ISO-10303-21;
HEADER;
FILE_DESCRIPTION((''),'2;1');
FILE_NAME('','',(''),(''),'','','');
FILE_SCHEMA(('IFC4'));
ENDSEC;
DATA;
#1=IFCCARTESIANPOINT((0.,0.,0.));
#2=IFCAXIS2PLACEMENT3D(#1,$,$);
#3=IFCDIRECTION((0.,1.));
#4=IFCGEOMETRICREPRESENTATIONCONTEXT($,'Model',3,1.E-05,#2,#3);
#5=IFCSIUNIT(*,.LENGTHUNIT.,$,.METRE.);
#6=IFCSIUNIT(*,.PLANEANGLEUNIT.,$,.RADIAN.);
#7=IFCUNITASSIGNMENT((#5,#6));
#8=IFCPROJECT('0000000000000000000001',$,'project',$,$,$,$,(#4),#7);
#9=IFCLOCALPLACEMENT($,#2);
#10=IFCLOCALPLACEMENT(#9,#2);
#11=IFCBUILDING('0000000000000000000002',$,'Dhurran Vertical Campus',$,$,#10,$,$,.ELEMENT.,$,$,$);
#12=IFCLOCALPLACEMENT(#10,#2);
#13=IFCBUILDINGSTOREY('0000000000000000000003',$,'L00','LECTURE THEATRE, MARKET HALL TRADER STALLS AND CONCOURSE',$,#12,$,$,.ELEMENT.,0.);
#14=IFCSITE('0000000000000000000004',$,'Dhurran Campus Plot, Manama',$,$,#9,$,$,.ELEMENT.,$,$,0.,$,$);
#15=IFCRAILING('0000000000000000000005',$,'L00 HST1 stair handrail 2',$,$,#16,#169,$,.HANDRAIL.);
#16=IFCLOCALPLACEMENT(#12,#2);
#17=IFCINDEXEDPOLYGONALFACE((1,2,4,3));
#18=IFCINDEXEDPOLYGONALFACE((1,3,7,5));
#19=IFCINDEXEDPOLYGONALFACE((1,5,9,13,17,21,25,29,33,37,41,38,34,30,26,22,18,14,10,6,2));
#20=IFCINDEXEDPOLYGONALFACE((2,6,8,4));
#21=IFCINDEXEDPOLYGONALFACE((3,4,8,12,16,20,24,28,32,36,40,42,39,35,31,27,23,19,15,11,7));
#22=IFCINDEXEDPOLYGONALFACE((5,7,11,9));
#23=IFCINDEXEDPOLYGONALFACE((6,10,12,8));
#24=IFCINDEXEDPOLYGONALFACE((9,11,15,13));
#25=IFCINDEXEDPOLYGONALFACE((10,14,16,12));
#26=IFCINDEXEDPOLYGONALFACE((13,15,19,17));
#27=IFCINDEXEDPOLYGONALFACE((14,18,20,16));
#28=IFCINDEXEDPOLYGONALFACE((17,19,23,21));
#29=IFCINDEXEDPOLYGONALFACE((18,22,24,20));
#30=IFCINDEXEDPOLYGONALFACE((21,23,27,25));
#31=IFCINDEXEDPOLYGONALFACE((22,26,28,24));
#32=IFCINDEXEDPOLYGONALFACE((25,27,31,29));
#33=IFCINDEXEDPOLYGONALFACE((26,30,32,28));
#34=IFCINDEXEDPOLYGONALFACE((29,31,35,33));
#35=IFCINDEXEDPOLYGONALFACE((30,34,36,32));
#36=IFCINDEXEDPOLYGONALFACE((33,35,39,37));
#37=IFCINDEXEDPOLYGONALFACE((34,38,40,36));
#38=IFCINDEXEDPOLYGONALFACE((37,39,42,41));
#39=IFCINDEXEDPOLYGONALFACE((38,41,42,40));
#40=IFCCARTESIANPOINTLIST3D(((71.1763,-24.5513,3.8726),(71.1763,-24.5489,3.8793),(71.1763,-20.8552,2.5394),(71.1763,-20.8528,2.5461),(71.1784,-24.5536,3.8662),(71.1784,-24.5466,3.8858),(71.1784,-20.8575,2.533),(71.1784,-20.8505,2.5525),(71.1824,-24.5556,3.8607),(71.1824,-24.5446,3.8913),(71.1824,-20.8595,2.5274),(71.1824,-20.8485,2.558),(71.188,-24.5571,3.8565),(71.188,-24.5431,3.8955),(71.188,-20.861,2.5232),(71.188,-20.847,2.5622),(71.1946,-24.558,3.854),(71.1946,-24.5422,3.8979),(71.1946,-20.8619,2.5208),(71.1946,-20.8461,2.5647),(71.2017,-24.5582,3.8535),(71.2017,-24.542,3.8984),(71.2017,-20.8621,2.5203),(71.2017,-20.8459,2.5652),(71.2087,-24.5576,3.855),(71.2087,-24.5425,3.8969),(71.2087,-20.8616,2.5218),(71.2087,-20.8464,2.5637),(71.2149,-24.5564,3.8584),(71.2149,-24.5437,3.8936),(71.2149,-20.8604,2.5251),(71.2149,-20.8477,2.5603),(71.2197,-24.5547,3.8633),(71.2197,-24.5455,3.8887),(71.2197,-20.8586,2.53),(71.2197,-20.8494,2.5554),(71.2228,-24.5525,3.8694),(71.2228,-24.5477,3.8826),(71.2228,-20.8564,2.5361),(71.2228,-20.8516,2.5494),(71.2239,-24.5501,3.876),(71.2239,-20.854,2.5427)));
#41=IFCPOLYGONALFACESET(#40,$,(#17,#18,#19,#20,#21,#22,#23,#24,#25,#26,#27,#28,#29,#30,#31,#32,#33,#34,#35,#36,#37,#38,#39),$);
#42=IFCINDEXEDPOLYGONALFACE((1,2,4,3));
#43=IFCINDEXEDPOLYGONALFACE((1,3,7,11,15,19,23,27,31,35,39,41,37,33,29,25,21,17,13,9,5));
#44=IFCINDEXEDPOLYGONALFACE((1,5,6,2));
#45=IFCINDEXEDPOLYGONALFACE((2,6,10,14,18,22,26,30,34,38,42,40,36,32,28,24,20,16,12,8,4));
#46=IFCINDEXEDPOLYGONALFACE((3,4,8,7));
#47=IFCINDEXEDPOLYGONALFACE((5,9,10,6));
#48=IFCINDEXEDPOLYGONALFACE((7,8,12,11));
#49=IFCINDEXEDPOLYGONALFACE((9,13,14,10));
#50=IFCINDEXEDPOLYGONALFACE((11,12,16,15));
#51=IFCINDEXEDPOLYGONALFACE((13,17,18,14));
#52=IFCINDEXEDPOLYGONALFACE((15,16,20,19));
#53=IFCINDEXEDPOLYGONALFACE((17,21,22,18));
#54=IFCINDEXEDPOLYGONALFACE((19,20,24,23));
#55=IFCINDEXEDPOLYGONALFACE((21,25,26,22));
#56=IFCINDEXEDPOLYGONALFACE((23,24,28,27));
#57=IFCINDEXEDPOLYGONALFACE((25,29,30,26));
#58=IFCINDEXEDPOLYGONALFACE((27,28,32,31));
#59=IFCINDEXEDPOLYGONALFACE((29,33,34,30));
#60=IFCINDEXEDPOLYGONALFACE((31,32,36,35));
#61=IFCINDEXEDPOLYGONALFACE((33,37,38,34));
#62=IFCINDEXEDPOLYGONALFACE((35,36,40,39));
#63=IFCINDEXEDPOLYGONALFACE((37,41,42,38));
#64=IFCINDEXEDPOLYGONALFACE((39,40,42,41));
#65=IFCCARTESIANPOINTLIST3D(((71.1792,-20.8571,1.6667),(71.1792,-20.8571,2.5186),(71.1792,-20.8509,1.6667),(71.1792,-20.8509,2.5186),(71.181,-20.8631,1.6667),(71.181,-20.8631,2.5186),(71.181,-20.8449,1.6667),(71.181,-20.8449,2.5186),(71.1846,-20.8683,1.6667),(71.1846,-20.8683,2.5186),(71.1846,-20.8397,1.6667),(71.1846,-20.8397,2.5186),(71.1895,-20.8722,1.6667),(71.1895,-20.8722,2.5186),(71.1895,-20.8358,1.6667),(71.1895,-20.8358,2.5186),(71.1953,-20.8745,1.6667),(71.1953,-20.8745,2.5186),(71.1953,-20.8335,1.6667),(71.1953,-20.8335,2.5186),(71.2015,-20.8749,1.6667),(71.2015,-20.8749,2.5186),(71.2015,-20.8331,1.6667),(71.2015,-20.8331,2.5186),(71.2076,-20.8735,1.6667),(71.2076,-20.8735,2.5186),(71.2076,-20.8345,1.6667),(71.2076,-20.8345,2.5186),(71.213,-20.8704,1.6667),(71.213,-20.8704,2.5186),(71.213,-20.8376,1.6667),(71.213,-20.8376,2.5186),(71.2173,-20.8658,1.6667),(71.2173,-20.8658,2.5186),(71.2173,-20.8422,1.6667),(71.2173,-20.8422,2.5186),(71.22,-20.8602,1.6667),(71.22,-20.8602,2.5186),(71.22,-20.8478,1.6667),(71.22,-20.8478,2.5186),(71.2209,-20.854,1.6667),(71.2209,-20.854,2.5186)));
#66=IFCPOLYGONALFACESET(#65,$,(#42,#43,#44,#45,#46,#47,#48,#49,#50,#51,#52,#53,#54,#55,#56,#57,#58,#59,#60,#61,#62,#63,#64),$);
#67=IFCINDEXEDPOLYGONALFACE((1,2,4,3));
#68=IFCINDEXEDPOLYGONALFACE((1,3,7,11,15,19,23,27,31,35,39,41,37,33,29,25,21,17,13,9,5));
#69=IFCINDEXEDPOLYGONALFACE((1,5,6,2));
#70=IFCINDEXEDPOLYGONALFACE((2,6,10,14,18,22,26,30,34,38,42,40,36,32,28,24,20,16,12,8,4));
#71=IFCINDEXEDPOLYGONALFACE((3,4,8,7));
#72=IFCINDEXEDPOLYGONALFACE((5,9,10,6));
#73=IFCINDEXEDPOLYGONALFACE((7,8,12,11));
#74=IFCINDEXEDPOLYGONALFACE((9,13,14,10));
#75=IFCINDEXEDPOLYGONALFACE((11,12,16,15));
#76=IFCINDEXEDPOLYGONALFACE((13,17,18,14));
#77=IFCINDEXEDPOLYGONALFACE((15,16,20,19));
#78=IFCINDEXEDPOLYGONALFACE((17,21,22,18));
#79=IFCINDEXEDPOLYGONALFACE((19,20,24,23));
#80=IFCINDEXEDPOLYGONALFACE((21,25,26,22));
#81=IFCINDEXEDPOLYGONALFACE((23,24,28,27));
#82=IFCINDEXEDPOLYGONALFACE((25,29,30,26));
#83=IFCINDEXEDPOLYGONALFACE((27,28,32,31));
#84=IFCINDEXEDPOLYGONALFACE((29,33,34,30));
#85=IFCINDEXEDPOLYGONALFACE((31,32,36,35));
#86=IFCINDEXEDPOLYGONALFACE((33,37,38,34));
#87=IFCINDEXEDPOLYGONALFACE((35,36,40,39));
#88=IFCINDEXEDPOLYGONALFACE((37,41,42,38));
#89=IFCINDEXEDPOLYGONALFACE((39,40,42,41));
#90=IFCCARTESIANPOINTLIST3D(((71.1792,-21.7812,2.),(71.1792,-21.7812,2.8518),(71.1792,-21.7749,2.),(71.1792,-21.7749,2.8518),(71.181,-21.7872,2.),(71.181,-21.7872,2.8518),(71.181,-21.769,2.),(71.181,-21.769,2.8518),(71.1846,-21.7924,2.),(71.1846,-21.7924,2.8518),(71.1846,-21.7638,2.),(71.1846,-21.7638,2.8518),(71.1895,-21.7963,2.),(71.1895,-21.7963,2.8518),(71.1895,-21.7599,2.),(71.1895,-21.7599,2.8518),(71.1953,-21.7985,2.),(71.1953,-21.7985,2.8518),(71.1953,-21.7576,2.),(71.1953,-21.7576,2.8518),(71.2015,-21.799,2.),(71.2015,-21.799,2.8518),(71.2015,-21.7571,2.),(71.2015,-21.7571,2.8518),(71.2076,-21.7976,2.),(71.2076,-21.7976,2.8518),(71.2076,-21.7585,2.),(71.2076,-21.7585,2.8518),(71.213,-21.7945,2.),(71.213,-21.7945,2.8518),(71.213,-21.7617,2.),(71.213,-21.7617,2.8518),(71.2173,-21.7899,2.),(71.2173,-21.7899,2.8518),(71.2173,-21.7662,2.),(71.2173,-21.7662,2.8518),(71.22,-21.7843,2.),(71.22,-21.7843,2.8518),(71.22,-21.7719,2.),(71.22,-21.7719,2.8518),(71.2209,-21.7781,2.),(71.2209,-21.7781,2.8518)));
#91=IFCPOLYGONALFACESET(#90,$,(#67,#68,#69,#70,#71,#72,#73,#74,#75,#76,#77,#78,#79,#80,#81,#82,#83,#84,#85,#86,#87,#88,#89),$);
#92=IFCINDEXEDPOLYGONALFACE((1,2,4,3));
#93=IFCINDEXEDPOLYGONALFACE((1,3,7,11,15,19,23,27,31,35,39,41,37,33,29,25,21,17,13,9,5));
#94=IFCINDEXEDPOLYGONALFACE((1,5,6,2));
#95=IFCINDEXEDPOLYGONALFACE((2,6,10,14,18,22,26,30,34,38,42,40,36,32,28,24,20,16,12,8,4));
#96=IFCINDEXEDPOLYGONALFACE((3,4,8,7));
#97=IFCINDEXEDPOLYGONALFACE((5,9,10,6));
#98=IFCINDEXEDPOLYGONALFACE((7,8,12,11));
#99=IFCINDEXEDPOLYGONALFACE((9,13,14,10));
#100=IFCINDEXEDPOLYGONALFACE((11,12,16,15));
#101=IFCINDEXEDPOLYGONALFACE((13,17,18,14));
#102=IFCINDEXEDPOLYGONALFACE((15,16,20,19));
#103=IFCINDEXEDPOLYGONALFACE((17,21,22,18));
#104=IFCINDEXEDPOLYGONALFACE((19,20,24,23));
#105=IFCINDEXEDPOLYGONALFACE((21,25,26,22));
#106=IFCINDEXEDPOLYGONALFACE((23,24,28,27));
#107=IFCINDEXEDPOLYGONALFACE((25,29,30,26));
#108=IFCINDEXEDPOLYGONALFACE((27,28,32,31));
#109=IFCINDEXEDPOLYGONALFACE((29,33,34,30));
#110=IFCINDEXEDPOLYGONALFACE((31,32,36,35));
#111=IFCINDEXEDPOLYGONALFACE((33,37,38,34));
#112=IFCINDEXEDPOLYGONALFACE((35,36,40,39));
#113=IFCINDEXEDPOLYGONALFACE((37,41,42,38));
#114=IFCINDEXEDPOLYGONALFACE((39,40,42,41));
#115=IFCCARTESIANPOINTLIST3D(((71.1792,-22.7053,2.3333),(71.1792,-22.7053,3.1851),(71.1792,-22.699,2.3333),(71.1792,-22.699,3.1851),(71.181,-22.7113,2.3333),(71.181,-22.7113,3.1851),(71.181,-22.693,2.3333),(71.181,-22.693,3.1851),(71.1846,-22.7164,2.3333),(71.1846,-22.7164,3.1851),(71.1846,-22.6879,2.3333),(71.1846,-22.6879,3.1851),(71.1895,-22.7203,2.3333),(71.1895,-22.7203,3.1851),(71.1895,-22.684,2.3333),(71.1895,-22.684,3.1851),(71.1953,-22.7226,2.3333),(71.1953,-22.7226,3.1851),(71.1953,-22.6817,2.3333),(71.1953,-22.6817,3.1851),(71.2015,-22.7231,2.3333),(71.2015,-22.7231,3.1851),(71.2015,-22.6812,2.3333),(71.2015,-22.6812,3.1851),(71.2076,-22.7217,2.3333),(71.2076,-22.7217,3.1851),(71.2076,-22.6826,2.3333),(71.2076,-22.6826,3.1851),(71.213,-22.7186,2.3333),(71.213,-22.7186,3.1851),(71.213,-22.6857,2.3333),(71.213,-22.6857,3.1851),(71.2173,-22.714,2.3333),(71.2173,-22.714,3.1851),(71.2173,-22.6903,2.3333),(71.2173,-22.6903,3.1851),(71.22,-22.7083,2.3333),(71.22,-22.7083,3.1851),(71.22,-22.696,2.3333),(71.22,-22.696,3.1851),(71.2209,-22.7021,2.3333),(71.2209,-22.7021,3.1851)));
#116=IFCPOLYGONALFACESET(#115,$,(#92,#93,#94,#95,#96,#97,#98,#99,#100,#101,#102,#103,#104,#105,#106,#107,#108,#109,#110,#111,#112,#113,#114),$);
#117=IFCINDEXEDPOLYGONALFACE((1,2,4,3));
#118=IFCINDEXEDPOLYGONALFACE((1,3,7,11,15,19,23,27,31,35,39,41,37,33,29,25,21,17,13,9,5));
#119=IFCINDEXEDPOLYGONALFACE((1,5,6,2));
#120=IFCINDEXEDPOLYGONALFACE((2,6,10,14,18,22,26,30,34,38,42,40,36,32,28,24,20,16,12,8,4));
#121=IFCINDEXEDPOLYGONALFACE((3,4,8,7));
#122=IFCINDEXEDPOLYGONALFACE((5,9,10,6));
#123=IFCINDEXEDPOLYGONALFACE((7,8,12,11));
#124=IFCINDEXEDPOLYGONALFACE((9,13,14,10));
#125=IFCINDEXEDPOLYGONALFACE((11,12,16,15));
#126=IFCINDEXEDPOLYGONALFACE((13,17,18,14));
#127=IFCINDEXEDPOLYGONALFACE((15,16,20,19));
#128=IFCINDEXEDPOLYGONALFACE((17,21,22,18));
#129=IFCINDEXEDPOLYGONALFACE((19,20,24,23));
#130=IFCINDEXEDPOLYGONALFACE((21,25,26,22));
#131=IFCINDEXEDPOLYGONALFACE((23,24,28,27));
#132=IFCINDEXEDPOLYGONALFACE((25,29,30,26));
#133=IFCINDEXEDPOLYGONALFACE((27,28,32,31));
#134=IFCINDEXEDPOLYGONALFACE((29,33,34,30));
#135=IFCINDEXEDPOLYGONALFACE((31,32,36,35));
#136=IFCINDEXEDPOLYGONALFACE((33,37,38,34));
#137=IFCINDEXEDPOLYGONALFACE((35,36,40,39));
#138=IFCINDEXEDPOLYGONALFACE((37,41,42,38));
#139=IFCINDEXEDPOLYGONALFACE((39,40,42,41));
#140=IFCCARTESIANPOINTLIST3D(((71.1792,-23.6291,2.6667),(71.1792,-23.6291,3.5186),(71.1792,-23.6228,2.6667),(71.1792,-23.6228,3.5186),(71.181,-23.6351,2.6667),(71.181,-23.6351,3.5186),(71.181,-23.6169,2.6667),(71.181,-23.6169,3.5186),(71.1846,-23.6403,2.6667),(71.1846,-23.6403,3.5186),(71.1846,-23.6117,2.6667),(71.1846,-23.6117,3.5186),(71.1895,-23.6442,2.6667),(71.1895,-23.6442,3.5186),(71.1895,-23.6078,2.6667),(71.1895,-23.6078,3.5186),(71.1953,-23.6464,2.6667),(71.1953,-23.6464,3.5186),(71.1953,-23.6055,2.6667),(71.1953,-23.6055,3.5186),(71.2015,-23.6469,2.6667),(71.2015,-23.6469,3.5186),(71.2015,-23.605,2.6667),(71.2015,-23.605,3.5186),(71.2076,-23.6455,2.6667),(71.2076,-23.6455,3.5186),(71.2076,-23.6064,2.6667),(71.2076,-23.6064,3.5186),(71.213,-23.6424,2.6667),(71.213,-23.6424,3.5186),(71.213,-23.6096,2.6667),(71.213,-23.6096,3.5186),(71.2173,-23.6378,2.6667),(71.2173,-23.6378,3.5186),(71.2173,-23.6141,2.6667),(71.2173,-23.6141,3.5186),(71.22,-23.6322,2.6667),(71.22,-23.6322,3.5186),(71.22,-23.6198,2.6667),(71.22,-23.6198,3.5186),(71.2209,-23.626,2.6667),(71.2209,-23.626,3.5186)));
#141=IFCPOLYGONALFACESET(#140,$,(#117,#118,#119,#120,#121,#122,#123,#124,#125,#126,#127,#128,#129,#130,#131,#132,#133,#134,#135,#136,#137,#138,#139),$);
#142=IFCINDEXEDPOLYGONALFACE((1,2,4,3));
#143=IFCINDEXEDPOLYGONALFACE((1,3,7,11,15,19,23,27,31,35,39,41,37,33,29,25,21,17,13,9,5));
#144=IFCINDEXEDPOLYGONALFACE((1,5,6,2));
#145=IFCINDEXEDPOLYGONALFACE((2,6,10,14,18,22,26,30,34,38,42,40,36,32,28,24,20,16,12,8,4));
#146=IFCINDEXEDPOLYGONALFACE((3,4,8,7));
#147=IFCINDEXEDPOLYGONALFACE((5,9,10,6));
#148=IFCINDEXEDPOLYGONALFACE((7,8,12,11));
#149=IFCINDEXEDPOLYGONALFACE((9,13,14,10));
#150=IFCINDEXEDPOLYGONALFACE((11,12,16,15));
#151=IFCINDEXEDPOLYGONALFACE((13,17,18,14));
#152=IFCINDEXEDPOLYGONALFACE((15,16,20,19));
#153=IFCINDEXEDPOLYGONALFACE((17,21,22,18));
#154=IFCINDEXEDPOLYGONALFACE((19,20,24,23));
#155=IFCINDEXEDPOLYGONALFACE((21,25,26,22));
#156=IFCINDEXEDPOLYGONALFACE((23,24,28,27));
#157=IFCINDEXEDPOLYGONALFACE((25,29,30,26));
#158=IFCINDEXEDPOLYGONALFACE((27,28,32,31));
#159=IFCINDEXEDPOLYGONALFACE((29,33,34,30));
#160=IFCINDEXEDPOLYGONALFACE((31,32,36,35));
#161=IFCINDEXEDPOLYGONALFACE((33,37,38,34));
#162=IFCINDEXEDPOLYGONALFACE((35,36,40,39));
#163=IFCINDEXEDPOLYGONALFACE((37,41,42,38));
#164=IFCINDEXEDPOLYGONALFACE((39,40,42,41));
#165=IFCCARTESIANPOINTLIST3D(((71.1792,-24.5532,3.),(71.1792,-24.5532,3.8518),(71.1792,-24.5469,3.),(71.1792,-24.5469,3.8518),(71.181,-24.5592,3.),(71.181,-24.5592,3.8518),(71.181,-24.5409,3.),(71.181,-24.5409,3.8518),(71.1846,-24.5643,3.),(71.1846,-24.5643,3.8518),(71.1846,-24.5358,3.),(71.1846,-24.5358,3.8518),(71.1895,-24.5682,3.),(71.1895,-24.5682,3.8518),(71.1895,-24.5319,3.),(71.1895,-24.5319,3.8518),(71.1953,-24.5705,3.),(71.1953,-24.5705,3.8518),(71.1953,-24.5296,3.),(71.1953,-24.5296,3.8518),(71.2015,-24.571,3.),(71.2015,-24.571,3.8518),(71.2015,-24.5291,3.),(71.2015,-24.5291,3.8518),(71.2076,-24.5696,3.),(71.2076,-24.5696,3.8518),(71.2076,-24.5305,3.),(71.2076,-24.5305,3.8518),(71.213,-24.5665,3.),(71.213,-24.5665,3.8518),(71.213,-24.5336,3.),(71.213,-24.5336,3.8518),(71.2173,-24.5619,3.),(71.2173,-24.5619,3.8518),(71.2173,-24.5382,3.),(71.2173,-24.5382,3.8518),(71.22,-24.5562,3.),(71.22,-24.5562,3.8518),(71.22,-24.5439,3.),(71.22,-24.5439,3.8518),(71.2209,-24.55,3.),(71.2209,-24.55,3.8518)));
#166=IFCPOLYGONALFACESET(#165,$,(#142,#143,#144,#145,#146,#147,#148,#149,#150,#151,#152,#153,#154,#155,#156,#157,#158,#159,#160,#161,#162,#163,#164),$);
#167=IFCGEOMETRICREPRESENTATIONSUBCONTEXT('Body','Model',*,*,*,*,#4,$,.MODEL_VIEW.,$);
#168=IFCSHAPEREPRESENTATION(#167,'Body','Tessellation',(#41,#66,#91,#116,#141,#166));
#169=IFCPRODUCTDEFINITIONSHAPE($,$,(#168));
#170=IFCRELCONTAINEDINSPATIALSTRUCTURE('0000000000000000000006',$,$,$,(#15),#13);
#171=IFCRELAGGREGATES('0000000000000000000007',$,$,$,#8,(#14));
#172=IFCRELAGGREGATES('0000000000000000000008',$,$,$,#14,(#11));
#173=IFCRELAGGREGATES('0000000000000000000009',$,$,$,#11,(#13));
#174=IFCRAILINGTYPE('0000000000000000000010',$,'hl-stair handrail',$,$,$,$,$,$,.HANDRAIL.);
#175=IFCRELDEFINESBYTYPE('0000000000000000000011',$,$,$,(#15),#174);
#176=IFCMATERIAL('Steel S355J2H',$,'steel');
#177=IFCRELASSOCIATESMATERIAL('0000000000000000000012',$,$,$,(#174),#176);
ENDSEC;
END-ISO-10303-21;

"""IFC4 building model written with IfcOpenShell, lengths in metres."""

from ifc_helpers import new_model, si_unit, direction, frame, origin, origin_2d, place, context, subcontext, project, spatial, circle, extrude, material, type_object, element, save


model = new_model("IFC4")

# Units and contexts
model_context = context("Model", 3, precision=1e-05, world=origin(), true_north=direction((0.0, 1.0)))
body_context = subcontext(model_context, "Body", "Model", "MODEL_VIEW")
ifc_project = project(units=[si_unit("LENGTHUNIT", "METRE"), si_unit("PLANEANGLEUNIT", "RADIAN")], contexts=[model_context])

# Site, building, storey
site_placement = place(None, origin())
site = spatial("IfcSite", under=ifc_project, at=site_placement, Name="Dhurran Campus Plot, Manama", CompositionType="ELEMENT", RefElevation=0.0)
building_placement = place(site_placement, origin())
building = spatial("IfcBuilding", under=site, at=building_placement, Name="Dhurran Vertical Campus", CompositionType="ELEMENT")
storey_placement = place(building_placement, origin())
storey = spatial("IfcBuildingStorey", under=building, at=storey_placement, Name="L00", Description="LECTURE THEATRE, MARKET HALL TRADER STALLS AND CONCOURSE", CompositionType="ELEMENT", Elevation=0.0)

# Railing
ifc_material_1 = material(Name="Steel S355J2H", Category="steel")
railing_type_1 = type_object("IfcRailingType", Name="hl-stair handrail", PredefinedType="HANDRAIL", material=ifc_material_1)
for number, where, name in (
    (1, (71.2, -20.854, 1.6667), "L00 HST1 stair handrail 2"),
):
    element("IfcRailing", number, at=place(storey_placement, frame(where)), inside=storey, type_object=railing_type_1, Name=name, PredefinedType="HANDRAIL", context=body_context, shape_type="SweptSolid", body=[
        extrude(circle(Radius=0.0239, at=origin_2d()), frame((0.0, 0.0, 0.876), z_axis=(0.0, -0.94067, 0.339322), x_axis=(1.0, 0.0, 0.0)), (0.0, 0.0, 1.0), 3.9292),
        extrude(circle(Radius=0.021, at=origin_2d()), origin(), (0.0, 0.0, 1.0), 0.8518),
        extrude(circle(Radius=0.021, at=origin_2d()), frame((0.0, -0.9241, 0.3333)), (0.0, 0.0, 1.0), 0.8518),
        extrude(circle(Radius=0.021, at=origin_2d()), frame((0.0, -1.8481, 0.6665)), (0.0, 0.0, 1.0), 0.8518),
        extrude(circle(Radius=0.021, at=origin_2d()), frame((0.0, -2.772, 1.0)), (0.0, 0.0, 1.0), 0.8518),
        extrude(circle(Radius=0.021, at=origin_2d()), frame((0.0, -3.696, 1.3333)), (0.0, 0.0, 1.0), 0.8518),
    ])

save(model, "model.ifc")
